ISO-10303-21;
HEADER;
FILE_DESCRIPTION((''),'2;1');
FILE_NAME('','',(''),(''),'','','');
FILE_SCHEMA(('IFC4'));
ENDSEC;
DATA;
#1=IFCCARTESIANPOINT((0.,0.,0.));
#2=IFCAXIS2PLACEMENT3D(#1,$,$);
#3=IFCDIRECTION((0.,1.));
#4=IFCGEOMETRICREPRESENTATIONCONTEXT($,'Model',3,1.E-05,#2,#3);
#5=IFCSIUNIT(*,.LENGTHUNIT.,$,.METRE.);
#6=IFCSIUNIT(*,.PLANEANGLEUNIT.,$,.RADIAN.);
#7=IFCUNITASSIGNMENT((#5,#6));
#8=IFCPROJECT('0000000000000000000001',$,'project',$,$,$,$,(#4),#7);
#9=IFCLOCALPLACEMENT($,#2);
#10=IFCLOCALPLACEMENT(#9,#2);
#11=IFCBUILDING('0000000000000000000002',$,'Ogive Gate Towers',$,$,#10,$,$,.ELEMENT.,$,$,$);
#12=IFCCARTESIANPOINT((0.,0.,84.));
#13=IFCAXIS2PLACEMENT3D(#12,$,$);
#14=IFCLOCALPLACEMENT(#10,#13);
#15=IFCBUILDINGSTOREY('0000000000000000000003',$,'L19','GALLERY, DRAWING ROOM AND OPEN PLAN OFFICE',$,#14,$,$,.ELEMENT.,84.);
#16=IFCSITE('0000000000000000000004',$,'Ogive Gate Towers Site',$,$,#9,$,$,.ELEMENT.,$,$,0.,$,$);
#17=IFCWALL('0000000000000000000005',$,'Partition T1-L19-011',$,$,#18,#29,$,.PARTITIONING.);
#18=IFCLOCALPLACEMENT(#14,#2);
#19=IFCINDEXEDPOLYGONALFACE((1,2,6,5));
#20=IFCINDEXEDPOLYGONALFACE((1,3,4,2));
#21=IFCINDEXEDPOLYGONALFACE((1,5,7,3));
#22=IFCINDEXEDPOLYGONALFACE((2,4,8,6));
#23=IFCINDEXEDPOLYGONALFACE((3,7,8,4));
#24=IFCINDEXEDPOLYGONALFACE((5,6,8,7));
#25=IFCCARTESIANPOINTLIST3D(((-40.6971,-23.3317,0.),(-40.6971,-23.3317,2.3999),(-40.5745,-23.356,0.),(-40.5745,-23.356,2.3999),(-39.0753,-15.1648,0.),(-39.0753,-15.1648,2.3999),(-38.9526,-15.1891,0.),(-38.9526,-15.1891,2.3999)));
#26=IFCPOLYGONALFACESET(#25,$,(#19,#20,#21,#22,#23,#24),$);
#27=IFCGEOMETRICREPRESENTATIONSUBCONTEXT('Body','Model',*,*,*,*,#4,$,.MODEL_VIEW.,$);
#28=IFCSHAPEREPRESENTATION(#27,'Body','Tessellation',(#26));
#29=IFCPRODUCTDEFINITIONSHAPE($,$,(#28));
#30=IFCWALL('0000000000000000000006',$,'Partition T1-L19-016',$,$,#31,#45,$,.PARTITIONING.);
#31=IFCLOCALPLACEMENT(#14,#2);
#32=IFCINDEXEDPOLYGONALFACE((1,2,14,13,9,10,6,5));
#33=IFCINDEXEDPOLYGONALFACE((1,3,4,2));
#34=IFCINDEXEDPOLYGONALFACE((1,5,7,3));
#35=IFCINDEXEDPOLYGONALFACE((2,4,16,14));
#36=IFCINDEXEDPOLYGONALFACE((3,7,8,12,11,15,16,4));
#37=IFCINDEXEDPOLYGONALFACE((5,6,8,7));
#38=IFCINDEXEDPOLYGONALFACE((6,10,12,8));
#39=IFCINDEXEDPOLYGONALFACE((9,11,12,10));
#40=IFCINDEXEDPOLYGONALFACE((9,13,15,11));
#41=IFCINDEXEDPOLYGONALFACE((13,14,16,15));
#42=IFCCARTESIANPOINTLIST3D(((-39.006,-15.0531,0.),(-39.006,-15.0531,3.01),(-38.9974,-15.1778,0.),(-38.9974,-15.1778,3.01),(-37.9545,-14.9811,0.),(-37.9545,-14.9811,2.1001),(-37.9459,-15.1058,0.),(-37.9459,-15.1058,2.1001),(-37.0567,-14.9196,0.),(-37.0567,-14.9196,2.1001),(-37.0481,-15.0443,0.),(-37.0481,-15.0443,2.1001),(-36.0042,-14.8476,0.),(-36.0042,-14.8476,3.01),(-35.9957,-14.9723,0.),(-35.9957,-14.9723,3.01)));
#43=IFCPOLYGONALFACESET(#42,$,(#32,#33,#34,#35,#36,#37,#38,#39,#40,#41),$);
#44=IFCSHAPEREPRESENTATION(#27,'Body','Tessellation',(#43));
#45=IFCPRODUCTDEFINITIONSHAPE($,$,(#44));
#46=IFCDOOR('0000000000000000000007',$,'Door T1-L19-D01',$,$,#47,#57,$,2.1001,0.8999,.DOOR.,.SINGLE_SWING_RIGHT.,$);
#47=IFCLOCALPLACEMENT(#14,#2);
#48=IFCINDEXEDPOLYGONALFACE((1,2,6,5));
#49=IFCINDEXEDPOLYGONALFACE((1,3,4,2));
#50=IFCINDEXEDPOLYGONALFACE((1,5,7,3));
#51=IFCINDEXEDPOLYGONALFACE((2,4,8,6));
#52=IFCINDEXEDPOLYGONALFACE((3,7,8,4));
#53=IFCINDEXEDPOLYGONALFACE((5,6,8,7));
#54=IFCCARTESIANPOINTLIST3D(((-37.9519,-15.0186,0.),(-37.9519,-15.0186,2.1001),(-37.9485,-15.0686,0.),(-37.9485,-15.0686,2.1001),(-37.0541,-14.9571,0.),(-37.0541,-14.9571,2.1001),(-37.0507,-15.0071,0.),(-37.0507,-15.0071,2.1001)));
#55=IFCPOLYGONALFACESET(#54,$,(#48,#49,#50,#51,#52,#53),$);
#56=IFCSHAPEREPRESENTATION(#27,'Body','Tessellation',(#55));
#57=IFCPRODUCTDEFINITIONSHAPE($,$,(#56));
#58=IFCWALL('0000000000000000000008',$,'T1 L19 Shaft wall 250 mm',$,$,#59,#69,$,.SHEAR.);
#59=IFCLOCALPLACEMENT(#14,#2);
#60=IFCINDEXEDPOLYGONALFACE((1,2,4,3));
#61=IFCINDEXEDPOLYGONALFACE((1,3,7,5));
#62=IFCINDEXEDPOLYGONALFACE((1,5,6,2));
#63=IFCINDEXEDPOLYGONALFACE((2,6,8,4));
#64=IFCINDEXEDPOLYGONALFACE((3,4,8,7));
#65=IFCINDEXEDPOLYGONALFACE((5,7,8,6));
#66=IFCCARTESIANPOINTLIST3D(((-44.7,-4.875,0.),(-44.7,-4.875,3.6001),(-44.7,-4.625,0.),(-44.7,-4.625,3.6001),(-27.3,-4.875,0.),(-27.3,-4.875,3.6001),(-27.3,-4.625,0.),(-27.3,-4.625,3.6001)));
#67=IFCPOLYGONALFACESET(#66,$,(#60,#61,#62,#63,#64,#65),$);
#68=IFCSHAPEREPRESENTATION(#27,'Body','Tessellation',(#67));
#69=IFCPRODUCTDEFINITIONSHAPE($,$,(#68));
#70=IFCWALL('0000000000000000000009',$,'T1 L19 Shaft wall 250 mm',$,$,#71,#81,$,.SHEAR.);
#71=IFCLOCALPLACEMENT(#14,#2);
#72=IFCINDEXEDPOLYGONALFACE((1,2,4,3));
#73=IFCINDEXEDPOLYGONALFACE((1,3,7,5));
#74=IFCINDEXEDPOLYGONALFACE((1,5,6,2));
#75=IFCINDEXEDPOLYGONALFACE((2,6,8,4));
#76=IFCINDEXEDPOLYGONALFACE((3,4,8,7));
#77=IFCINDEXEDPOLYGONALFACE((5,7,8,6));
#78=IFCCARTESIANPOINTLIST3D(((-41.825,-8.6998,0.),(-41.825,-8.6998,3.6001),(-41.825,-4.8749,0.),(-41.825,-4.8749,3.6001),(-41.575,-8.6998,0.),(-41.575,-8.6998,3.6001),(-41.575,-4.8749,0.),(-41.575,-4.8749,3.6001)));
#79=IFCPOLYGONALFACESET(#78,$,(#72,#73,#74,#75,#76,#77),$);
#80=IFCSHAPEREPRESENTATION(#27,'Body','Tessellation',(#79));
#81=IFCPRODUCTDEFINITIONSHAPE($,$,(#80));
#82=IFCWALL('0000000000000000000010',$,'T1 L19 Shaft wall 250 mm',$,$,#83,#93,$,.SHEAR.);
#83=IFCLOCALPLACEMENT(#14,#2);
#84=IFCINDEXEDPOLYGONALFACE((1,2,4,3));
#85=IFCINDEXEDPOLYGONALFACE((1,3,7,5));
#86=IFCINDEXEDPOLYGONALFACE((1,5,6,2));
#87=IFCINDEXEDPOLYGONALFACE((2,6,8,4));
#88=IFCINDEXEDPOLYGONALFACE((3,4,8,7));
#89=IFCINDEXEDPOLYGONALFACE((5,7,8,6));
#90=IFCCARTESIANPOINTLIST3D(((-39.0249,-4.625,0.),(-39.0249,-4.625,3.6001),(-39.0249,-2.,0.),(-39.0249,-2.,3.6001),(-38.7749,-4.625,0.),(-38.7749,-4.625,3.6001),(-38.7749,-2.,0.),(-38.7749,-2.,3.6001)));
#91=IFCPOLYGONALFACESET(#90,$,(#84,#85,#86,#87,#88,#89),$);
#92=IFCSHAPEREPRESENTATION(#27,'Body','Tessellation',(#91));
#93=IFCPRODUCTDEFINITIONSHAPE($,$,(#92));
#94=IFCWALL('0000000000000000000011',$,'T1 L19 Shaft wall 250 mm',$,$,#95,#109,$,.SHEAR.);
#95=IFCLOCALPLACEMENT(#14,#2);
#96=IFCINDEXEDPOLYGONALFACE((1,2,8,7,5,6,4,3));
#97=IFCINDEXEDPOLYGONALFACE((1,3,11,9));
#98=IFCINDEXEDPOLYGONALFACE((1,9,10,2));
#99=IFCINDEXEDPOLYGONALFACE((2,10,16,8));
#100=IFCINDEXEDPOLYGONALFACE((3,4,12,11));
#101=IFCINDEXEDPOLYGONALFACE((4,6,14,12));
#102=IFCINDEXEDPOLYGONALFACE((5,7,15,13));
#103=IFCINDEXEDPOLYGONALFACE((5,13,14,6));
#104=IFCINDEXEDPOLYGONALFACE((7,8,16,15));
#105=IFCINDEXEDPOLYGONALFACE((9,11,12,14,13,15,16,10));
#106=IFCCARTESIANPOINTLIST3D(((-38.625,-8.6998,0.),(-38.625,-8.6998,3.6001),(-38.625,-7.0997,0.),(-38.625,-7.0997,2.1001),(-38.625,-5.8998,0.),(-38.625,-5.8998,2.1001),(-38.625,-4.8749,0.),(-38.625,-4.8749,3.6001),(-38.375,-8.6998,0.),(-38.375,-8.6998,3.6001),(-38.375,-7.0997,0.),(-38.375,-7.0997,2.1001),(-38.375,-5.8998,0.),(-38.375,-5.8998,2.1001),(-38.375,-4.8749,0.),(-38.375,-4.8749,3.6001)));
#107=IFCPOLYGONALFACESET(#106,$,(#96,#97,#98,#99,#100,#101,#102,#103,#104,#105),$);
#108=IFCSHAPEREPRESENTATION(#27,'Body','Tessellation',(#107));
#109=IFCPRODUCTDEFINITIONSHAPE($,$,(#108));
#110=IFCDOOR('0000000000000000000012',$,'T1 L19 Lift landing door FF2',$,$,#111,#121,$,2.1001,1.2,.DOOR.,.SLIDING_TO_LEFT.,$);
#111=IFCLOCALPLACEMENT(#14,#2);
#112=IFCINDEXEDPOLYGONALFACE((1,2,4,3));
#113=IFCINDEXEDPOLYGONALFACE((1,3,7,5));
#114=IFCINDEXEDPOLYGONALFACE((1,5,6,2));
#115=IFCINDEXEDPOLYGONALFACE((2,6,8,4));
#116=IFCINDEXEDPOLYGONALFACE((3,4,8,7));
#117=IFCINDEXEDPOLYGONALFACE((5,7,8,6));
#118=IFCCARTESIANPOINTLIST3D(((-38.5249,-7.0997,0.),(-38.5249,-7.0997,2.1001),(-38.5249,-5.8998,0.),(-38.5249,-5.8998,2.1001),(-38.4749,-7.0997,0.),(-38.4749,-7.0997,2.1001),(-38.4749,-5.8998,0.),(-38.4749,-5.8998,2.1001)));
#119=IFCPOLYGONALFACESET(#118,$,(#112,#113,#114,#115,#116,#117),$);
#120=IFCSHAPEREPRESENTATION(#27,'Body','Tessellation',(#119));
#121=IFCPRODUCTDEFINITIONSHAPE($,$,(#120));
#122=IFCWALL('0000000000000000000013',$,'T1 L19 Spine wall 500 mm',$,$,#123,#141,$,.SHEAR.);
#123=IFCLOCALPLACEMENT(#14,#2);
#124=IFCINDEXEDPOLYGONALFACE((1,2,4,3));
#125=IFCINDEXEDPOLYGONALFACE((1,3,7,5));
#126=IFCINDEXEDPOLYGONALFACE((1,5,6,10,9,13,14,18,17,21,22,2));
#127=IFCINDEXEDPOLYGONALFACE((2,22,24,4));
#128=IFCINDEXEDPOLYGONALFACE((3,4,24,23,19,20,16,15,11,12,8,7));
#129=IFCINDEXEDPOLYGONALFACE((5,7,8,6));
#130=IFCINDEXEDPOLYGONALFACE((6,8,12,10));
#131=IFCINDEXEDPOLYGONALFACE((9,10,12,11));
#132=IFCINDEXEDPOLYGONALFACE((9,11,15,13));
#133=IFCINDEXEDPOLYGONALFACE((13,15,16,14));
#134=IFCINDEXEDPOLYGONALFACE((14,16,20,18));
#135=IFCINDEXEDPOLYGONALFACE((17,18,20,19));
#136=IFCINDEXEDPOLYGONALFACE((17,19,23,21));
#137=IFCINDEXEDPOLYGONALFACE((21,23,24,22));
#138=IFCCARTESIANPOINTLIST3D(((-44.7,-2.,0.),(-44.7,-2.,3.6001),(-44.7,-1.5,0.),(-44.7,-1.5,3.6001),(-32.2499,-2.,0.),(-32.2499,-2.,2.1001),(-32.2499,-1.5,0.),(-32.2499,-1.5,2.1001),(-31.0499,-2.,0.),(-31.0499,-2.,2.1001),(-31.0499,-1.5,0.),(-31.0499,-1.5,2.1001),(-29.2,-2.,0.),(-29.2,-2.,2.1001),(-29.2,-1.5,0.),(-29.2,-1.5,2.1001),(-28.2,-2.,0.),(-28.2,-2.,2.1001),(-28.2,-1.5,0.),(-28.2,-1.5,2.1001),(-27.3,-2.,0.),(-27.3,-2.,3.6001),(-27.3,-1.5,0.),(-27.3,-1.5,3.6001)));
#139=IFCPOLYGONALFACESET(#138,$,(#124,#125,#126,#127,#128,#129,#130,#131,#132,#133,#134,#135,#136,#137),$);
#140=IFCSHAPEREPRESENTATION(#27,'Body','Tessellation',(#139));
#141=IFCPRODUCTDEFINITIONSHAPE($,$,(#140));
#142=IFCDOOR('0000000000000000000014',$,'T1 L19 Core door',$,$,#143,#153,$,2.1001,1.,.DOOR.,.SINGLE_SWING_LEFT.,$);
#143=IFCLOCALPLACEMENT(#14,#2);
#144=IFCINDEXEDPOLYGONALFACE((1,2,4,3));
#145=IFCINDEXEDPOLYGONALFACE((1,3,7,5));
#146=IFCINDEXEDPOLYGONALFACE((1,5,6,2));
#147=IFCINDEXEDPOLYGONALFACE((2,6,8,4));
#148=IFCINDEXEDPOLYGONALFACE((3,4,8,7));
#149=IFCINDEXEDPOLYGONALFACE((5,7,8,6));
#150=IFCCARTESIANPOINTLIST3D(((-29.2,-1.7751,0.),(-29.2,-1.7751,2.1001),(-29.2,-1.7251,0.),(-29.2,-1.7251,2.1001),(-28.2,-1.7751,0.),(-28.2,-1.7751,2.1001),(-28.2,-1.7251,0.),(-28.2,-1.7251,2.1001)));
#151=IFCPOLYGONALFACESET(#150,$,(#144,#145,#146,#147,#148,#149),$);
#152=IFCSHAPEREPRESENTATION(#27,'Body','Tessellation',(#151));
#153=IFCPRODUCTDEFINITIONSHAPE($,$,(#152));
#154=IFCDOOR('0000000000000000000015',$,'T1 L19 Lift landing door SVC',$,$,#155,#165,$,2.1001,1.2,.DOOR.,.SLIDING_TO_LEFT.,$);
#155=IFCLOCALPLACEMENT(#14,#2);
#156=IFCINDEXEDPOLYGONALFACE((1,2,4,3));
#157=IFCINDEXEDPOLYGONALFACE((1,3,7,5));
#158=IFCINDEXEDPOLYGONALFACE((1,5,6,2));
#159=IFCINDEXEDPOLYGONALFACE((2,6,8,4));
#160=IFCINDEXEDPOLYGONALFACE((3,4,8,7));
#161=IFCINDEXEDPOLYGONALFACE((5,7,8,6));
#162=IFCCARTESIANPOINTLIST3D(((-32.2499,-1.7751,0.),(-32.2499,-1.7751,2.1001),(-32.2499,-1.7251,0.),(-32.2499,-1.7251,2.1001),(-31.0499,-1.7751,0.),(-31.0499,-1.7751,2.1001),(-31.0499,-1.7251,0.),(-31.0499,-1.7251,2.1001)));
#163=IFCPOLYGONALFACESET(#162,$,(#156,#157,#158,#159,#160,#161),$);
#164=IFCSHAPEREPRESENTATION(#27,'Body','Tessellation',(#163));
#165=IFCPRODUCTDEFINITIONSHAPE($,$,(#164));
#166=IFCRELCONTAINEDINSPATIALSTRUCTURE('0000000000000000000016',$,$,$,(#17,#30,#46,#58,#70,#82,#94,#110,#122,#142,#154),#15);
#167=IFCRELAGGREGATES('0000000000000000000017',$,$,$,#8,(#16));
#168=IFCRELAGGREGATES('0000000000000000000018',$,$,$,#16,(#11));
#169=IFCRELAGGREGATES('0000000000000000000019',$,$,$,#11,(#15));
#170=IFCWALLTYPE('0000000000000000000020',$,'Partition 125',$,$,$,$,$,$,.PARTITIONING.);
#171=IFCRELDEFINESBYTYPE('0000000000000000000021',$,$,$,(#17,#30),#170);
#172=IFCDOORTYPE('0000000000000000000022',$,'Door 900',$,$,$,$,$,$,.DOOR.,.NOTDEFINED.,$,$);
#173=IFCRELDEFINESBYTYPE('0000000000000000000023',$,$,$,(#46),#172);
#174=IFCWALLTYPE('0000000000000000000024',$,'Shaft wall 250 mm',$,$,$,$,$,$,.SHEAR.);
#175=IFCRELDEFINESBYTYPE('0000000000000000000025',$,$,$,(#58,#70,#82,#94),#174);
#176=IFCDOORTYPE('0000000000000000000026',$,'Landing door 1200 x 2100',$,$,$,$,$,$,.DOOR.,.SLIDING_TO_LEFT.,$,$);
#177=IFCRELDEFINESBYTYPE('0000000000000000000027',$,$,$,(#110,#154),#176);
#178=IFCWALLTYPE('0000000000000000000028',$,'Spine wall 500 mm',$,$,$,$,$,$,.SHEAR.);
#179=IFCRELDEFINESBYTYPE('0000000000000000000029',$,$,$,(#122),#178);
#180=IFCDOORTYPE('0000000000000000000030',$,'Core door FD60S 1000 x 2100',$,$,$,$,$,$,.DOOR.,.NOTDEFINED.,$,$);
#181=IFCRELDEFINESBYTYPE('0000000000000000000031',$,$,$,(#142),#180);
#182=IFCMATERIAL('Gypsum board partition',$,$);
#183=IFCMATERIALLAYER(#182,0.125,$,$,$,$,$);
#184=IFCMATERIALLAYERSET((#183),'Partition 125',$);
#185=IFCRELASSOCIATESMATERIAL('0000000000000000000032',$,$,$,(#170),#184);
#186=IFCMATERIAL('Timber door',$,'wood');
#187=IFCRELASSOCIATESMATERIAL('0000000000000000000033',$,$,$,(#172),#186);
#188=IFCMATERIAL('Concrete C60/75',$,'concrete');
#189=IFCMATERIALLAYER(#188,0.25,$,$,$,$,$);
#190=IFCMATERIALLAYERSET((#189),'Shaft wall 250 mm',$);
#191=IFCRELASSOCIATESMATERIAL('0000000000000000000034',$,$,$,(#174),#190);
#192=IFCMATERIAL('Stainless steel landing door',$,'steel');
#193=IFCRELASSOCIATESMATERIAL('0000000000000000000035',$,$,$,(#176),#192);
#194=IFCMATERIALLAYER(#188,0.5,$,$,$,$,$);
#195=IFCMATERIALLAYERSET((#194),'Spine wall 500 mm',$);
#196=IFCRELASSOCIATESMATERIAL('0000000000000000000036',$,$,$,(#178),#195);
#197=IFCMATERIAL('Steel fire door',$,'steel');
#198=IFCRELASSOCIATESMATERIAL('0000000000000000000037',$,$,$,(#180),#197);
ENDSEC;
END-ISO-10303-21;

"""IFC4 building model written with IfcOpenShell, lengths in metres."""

from ifc_helpers import new_model, si_unit, direction, frame, frame_2d, origin, place, context, subcontext, project, spatial, rectangle, extrude, material, layer, layer_set, type_object, element, fill, save


model = new_model("IFC4")

# Units and contexts
model_context = context("Model", 3, precision=1e-05, world=origin(), true_north=direction((0.0, 1.0)))
body_context = subcontext(model_context, "Body", "Model", "MODEL_VIEW")
ifc_project = project(units=[si_unit("LENGTHUNIT", "METRE"), si_unit("PLANEANGLEUNIT", "RADIAN")], contexts=[model_context])

# Site, building, storey
site_placement = place(None, origin())
site = spatial("IfcSite", under=ifc_project, at=site_placement, Name="Ogive Gate Towers Site", CompositionType="ELEMENT", RefElevation=0.0)
building_placement = place(site_placement, origin())
building = spatial("IfcBuilding", under=site, at=building_placement, Name="Ogive Gate Towers", CompositionType="ELEMENT")
storey_placement = place(building_placement, frame((0.0, 0.0, 84.0)))
storey = spatial("IfcBuildingStorey", under=building, at=storey_placement, Name="L19", Description="GALLERY, DRAWING ROOM AND OPEN PLAN OFFICE", CompositionType="ELEMENT", Elevation=84.0)

# Wall
ifc_material_1 = material(Name="Gypsum board partition")
ifc_layer_1 = layer(ifc_material_1, 0.125)
ifc_layer_set_1 = layer_set([ifc_layer_1], Name="Partition 125")
wall_type_1 = type_object("IfcWallType", Name="Partition 125", PredefinedType="PARTITIONING", material=ifc_layer_set_1)
wall_1_placement = place(storey_placement, frame((-40.6357, -23.3438, 0.0), z_axis=(0.0, 0.0, 1.0), x_axis=(0.19478, 0.980847, 0.0)))
element("IfcWall", 1, at=wall_1_placement, inside=storey, type_object=wall_type_1, Name="Partition T1-L19-011", PredefinedType="PARTITIONING", context=body_context, shape_type="SweptSolid", body=[
    extrude(rectangle(XDim=8.3264, YDim=0.125, at=frame_2d((4.1631, 0.0))), origin(), (0.0, 0.0, 1.0), 2.3999),
])

# Wall, opening, door
wall_2_placement = place(storey_placement, frame((-39.0017, -15.1155, 0.0), z_axis=(0.0, 0.0, 1.0), x_axis=(0.997663, 0.068323, 0.0)))
wall_2 = element("IfcWall", 2, at=wall_2_placement, inside=storey, type_object=wall_type_1, Name="Partition T1-L19-016", PredefinedType="PARTITIONING", context=body_context, shape_type="SweptSolid", body=[
    extrude(rectangle(XDim=3.0088, YDim=0.125, at=frame_2d((1.5044, 0.0))), origin(), (0.0, 0.0, 1.0), 3.01),
])
opening_1_placement = place(wall_2_placement, frame((1.054, 0.0, 0.0)))
opening_1 = element("IfcOpeningElement", 3, at=opening_1_placement, cuts=wall_2, PredefinedType="OPENING", context=body_context, shape_type="SweptSolid", body=[
    extrude(rectangle(XDim=0.8999, YDim=2.1001, at=frame_2d((0.45, 1.05))), frame((0.0, 0.0725, 0.0), z_axis=(0.0, -1.0, 0.0), x_axis=(1.0, 0.0, 0.0)), (0.0, 0.0, 1.0), 0.145),
])
ifc_material_2 = material(Name="Timber door", Category="wood")
door_type_1 = type_object("IfcDoorType", Name="Door 900", OperationType="NOTDEFINED", PredefinedType="DOOR", material=ifc_material_2)
door_1_placement = place(opening_1_placement, origin())
door_1 = element("IfcDoor", 4, at=door_1_placement, inside=storey, type_object=door_type_1, Name="Door T1-L19-D01", OperationType="SINGLE_SWING_RIGHT", OverallHeight=2.1001, OverallWidth=0.8999, PredefinedType="DOOR", context=body_context, shape_type="SweptSolid", body=[
    extrude(rectangle(XDim=0.8999, YDim=2.1001, at=frame_2d((0.45, 1.05))), frame((0.0, 0.0249, 0.0), z_axis=(0.0, -1.0, 0.0), x_axis=(1.0, 0.0, 0.0)), (0.0, 0.0, 1.0), 0.05),
])
fill(opening_1, door_1)

# Walls
ifc_material_3 = material(Name="Concrete C60/75", Category="concrete")
ifc_layer_2 = layer(ifc_material_3, 0.25)
ifc_layer_set_2 = layer_set([ifc_layer_2], Name="Shaft wall 250 mm")
wall_type_2 = type_object("IfcWallType", Name="Shaft wall 250 mm", PredefinedType="SHEAR", material=ifc_layer_set_2)
wall_3_placement = place(storey_placement, frame((-44.7, -4.75, 0.0), z_axis=(0.0, 0.0, 1.0), x_axis=(1.0, 0.0, 0.0)))
element("IfcWall", 5, at=wall_3_placement, inside=storey, type_object=wall_type_2, Name="T1 L19 Shaft wall 250 mm", PredefinedType="SHEAR", context=body_context, shape_type="SweptSolid", body=[
    extrude(rectangle(XDim=17.3999, YDim=0.25, at=frame_2d((8.7, 0.0))), origin(), (0.0, 0.0, 1.0), 3.6001),
])
wall_4_placement = place(storey_placement, frame((-41.7, -8.7, 0.0), z_axis=(0.0, 0.0, 1.0), x_axis=(0.0, 1.0, 0.0)))
element("IfcWall", 6, at=wall_4_placement, inside=storey, type_object=wall_type_2, Name="T1 L19 Shaft wall 250 mm", PredefinedType="SHEAR", context=body_context, shape_type="SweptSolid", body=[
    extrude(rectangle(XDim=3.825, YDim=0.25, at=frame_2d((1.9126, 0.0))), origin(), (0.0, 0.0, 1.0), 3.6001),
])
wall_5_placement = place(storey_placement, frame((-38.8999, -4.625, 0.0), z_axis=(0.0, 0.0, 1.0), x_axis=(0.0, 1.0, 0.0)))
element("IfcWall", 7, at=wall_5_placement, inside=storey, type_object=wall_type_2, Name="T1 L19 Shaft wall 250 mm", PredefinedType="SHEAR", context=body_context, shape_type="SweptSolid", body=[
    extrude(rectangle(XDim=2.625, YDim=0.25, at=frame_2d((1.3125, 0.0))), origin(), (0.0, 0.0, 1.0), 3.6001),
])

# Wall, opening, door
wall_6_placement = place(storey_placement, frame((-38.5, -8.7, 0.0), z_axis=(0.0, 0.0, 1.0), x_axis=(0.0, 1.0, 0.0)))
wall_6 = element("IfcWall", 8, at=wall_6_placement, inside=storey, type_object=wall_type_2, Name="T1 L19 Shaft wall 250 mm", PredefinedType="SHEAR", context=body_context, shape_type="SweptSolid", body=[
    extrude(rectangle(XDim=3.825, YDim=0.25, at=frame_2d((1.9126, 0.0))), origin(), (0.0, 0.0, 1.0), 3.6001),
])
opening_2_placement = place(wall_6_placement, frame((1.6001, 0.0, 0.0)))
opening_2 = element("IfcOpeningElement", 9, at=opening_2_placement, cuts=wall_6, PredefinedType="OPENING", context=body_context, shape_type="SweptSolid", body=[
    extrude(rectangle(XDim=1.2, YDim=2.1001, at=frame_2d((0.6001, 1.05))), frame((0.0, 0.135, 0.0), z_axis=(0.0, -1.0, 0.0), x_axis=(1.0, 0.0, 0.0)), (0.0, 0.0, 1.0), 0.27),
])
ifc_material_4 = material(Name="Stainless steel landing door", Category="steel")
door_type_2 = type_object("IfcDoorType", Name="Landing door 1200 x 2100", OperationType="SLIDING_TO_LEFT", PredefinedType="DOOR", material=ifc_material_4)
door_2_placement = place(opening_2_placement, origin())
door_2 = element("IfcDoor", 10, at=door_2_placement, inside=storey, type_object=door_type_2, Name="T1 L19 Lift landing door FF2", OperationType="SLIDING_TO_LEFT", OverallHeight=2.1001, OverallWidth=1.2, PredefinedType="DOOR", context=body_context, shape_type="SweptSolid", body=[
    extrude(rectangle(XDim=1.2, YDim=2.1001, at=frame_2d((0.6001, 1.05))), frame((0.0, 0.0249, 0.0), z_axis=(0.0, -1.0, 0.0), x_axis=(1.0, 0.0, 0.0)), (0.0, 0.0, 1.0), 0.05),
])
fill(opening_2, door_2)

# Wall, openings, doors
ifc_layer_3 = layer(ifc_material_3, 0.5)
ifc_layer_set_3 = layer_set([ifc_layer_3], Name="Spine wall 500 mm")
wall_type_3 = type_object("IfcWallType", Name="Spine wall 500 mm", PredefinedType="SHEAR", material=ifc_layer_set_3)
wall_7_placement = place(storey_placement, frame((-44.7, -1.75, 0.0), z_axis=(0.0, 0.0, 1.0), x_axis=(1.0, 0.0, 0.0)))
wall_7 = element("IfcWall", 11, at=wall_7_placement, inside=storey, type_object=wall_type_3, Name="T1 L19 Spine wall 500 mm", PredefinedType="SHEAR", context=body_context, shape_type="SweptSolid", body=[
    extrude(rectangle(XDim=17.3999, YDim=0.5, at=frame_2d((8.7, 0.0))), origin(), (0.0, 0.0, 1.0), 3.6001),
])
opening_3_placement = place(wall_7_placement, frame((12.45, 0.0, 0.0)))
opening_3 = element("IfcOpeningElement", 12, at=opening_3_placement, cuts=wall_7, PredefinedType="OPENING", context=body_context, shape_type="SweptSolid", body=[
    extrude(rectangle(XDim=1.2, YDim=2.1001, at=frame_2d((0.6001, 1.05))), frame((0.0, 0.26, 0.0), z_axis=(0.0, -1.0, 0.0), x_axis=(1.0, 0.0, 0.0)), (0.0, 0.0, 1.0), 0.52),
])
opening_4_placement = place(wall_7_placement, frame((15.5, 0.0, 0.0)))
opening_4 = element("IfcOpeningElement", 13, at=opening_4_placement, cuts=wall_7, PredefinedType="OPENING", context=body_context, shape_type="SweptSolid", body=[
    extrude(rectangle(XDim=1.0, YDim=2.1001, at=frame_2d((0.5, 1.05))), frame((0.0, 0.26, 0.0), z_axis=(0.0, -1.0, 0.0), x_axis=(1.0, 0.0, 0.0)), (0.0, 0.0, 1.0), 0.52),
])
ifc_material_5 = material(Name="Steel fire door", Category="steel")
door_type_3 = type_object("IfcDoorType", Name="Core door FD60S 1000 x 2100", OperationType="NOTDEFINED", PredefinedType="DOOR", material=ifc_material_5)
door_3_placement = place(opening_4_placement, origin())
door_3 = element("IfcDoor", 14, at=door_3_placement, inside=storey, type_object=door_type_3, Name="T1 L19 Core door", OperationType="SINGLE_SWING_LEFT", OverallHeight=2.1001, OverallWidth=1.0, PredefinedType="DOOR", context=body_context, shape_type="SweptSolid", body=[
    extrude(rectangle(XDim=1.0, YDim=2.1001, at=frame_2d((0.5, 1.05))), frame((0.0, 0.0249, 0.0), z_axis=(0.0, -1.0, 0.0), x_axis=(1.0, 0.0, 0.0)), (0.0, 0.0, 1.0), 0.05),
])
fill(opening_4, door_3)
door_4_placement = place(opening_3_placement, origin())
door_4 = element("IfcDoor", 15, at=door_4_placement, inside=storey, type_object=door_type_2, Name="T1 L19 Lift landing door SVC", OperationType="SLIDING_TO_LEFT", OverallHeight=2.1001, OverallWidth=1.2, PredefinedType="DOOR", context=body_context, shape_type="SweptSolid", body=[
    extrude(rectangle(XDim=1.2, YDim=2.1001, at=frame_2d((0.6001, 1.05))), frame((0.0, 0.0249, 0.0), z_axis=(0.0, -1.0, 0.0), x_axis=(1.0, 0.0, 0.0)), (0.0, 0.0, 1.0), 0.05),
])
fill(opening_3, door_4)

save(model, "model.ifc")
